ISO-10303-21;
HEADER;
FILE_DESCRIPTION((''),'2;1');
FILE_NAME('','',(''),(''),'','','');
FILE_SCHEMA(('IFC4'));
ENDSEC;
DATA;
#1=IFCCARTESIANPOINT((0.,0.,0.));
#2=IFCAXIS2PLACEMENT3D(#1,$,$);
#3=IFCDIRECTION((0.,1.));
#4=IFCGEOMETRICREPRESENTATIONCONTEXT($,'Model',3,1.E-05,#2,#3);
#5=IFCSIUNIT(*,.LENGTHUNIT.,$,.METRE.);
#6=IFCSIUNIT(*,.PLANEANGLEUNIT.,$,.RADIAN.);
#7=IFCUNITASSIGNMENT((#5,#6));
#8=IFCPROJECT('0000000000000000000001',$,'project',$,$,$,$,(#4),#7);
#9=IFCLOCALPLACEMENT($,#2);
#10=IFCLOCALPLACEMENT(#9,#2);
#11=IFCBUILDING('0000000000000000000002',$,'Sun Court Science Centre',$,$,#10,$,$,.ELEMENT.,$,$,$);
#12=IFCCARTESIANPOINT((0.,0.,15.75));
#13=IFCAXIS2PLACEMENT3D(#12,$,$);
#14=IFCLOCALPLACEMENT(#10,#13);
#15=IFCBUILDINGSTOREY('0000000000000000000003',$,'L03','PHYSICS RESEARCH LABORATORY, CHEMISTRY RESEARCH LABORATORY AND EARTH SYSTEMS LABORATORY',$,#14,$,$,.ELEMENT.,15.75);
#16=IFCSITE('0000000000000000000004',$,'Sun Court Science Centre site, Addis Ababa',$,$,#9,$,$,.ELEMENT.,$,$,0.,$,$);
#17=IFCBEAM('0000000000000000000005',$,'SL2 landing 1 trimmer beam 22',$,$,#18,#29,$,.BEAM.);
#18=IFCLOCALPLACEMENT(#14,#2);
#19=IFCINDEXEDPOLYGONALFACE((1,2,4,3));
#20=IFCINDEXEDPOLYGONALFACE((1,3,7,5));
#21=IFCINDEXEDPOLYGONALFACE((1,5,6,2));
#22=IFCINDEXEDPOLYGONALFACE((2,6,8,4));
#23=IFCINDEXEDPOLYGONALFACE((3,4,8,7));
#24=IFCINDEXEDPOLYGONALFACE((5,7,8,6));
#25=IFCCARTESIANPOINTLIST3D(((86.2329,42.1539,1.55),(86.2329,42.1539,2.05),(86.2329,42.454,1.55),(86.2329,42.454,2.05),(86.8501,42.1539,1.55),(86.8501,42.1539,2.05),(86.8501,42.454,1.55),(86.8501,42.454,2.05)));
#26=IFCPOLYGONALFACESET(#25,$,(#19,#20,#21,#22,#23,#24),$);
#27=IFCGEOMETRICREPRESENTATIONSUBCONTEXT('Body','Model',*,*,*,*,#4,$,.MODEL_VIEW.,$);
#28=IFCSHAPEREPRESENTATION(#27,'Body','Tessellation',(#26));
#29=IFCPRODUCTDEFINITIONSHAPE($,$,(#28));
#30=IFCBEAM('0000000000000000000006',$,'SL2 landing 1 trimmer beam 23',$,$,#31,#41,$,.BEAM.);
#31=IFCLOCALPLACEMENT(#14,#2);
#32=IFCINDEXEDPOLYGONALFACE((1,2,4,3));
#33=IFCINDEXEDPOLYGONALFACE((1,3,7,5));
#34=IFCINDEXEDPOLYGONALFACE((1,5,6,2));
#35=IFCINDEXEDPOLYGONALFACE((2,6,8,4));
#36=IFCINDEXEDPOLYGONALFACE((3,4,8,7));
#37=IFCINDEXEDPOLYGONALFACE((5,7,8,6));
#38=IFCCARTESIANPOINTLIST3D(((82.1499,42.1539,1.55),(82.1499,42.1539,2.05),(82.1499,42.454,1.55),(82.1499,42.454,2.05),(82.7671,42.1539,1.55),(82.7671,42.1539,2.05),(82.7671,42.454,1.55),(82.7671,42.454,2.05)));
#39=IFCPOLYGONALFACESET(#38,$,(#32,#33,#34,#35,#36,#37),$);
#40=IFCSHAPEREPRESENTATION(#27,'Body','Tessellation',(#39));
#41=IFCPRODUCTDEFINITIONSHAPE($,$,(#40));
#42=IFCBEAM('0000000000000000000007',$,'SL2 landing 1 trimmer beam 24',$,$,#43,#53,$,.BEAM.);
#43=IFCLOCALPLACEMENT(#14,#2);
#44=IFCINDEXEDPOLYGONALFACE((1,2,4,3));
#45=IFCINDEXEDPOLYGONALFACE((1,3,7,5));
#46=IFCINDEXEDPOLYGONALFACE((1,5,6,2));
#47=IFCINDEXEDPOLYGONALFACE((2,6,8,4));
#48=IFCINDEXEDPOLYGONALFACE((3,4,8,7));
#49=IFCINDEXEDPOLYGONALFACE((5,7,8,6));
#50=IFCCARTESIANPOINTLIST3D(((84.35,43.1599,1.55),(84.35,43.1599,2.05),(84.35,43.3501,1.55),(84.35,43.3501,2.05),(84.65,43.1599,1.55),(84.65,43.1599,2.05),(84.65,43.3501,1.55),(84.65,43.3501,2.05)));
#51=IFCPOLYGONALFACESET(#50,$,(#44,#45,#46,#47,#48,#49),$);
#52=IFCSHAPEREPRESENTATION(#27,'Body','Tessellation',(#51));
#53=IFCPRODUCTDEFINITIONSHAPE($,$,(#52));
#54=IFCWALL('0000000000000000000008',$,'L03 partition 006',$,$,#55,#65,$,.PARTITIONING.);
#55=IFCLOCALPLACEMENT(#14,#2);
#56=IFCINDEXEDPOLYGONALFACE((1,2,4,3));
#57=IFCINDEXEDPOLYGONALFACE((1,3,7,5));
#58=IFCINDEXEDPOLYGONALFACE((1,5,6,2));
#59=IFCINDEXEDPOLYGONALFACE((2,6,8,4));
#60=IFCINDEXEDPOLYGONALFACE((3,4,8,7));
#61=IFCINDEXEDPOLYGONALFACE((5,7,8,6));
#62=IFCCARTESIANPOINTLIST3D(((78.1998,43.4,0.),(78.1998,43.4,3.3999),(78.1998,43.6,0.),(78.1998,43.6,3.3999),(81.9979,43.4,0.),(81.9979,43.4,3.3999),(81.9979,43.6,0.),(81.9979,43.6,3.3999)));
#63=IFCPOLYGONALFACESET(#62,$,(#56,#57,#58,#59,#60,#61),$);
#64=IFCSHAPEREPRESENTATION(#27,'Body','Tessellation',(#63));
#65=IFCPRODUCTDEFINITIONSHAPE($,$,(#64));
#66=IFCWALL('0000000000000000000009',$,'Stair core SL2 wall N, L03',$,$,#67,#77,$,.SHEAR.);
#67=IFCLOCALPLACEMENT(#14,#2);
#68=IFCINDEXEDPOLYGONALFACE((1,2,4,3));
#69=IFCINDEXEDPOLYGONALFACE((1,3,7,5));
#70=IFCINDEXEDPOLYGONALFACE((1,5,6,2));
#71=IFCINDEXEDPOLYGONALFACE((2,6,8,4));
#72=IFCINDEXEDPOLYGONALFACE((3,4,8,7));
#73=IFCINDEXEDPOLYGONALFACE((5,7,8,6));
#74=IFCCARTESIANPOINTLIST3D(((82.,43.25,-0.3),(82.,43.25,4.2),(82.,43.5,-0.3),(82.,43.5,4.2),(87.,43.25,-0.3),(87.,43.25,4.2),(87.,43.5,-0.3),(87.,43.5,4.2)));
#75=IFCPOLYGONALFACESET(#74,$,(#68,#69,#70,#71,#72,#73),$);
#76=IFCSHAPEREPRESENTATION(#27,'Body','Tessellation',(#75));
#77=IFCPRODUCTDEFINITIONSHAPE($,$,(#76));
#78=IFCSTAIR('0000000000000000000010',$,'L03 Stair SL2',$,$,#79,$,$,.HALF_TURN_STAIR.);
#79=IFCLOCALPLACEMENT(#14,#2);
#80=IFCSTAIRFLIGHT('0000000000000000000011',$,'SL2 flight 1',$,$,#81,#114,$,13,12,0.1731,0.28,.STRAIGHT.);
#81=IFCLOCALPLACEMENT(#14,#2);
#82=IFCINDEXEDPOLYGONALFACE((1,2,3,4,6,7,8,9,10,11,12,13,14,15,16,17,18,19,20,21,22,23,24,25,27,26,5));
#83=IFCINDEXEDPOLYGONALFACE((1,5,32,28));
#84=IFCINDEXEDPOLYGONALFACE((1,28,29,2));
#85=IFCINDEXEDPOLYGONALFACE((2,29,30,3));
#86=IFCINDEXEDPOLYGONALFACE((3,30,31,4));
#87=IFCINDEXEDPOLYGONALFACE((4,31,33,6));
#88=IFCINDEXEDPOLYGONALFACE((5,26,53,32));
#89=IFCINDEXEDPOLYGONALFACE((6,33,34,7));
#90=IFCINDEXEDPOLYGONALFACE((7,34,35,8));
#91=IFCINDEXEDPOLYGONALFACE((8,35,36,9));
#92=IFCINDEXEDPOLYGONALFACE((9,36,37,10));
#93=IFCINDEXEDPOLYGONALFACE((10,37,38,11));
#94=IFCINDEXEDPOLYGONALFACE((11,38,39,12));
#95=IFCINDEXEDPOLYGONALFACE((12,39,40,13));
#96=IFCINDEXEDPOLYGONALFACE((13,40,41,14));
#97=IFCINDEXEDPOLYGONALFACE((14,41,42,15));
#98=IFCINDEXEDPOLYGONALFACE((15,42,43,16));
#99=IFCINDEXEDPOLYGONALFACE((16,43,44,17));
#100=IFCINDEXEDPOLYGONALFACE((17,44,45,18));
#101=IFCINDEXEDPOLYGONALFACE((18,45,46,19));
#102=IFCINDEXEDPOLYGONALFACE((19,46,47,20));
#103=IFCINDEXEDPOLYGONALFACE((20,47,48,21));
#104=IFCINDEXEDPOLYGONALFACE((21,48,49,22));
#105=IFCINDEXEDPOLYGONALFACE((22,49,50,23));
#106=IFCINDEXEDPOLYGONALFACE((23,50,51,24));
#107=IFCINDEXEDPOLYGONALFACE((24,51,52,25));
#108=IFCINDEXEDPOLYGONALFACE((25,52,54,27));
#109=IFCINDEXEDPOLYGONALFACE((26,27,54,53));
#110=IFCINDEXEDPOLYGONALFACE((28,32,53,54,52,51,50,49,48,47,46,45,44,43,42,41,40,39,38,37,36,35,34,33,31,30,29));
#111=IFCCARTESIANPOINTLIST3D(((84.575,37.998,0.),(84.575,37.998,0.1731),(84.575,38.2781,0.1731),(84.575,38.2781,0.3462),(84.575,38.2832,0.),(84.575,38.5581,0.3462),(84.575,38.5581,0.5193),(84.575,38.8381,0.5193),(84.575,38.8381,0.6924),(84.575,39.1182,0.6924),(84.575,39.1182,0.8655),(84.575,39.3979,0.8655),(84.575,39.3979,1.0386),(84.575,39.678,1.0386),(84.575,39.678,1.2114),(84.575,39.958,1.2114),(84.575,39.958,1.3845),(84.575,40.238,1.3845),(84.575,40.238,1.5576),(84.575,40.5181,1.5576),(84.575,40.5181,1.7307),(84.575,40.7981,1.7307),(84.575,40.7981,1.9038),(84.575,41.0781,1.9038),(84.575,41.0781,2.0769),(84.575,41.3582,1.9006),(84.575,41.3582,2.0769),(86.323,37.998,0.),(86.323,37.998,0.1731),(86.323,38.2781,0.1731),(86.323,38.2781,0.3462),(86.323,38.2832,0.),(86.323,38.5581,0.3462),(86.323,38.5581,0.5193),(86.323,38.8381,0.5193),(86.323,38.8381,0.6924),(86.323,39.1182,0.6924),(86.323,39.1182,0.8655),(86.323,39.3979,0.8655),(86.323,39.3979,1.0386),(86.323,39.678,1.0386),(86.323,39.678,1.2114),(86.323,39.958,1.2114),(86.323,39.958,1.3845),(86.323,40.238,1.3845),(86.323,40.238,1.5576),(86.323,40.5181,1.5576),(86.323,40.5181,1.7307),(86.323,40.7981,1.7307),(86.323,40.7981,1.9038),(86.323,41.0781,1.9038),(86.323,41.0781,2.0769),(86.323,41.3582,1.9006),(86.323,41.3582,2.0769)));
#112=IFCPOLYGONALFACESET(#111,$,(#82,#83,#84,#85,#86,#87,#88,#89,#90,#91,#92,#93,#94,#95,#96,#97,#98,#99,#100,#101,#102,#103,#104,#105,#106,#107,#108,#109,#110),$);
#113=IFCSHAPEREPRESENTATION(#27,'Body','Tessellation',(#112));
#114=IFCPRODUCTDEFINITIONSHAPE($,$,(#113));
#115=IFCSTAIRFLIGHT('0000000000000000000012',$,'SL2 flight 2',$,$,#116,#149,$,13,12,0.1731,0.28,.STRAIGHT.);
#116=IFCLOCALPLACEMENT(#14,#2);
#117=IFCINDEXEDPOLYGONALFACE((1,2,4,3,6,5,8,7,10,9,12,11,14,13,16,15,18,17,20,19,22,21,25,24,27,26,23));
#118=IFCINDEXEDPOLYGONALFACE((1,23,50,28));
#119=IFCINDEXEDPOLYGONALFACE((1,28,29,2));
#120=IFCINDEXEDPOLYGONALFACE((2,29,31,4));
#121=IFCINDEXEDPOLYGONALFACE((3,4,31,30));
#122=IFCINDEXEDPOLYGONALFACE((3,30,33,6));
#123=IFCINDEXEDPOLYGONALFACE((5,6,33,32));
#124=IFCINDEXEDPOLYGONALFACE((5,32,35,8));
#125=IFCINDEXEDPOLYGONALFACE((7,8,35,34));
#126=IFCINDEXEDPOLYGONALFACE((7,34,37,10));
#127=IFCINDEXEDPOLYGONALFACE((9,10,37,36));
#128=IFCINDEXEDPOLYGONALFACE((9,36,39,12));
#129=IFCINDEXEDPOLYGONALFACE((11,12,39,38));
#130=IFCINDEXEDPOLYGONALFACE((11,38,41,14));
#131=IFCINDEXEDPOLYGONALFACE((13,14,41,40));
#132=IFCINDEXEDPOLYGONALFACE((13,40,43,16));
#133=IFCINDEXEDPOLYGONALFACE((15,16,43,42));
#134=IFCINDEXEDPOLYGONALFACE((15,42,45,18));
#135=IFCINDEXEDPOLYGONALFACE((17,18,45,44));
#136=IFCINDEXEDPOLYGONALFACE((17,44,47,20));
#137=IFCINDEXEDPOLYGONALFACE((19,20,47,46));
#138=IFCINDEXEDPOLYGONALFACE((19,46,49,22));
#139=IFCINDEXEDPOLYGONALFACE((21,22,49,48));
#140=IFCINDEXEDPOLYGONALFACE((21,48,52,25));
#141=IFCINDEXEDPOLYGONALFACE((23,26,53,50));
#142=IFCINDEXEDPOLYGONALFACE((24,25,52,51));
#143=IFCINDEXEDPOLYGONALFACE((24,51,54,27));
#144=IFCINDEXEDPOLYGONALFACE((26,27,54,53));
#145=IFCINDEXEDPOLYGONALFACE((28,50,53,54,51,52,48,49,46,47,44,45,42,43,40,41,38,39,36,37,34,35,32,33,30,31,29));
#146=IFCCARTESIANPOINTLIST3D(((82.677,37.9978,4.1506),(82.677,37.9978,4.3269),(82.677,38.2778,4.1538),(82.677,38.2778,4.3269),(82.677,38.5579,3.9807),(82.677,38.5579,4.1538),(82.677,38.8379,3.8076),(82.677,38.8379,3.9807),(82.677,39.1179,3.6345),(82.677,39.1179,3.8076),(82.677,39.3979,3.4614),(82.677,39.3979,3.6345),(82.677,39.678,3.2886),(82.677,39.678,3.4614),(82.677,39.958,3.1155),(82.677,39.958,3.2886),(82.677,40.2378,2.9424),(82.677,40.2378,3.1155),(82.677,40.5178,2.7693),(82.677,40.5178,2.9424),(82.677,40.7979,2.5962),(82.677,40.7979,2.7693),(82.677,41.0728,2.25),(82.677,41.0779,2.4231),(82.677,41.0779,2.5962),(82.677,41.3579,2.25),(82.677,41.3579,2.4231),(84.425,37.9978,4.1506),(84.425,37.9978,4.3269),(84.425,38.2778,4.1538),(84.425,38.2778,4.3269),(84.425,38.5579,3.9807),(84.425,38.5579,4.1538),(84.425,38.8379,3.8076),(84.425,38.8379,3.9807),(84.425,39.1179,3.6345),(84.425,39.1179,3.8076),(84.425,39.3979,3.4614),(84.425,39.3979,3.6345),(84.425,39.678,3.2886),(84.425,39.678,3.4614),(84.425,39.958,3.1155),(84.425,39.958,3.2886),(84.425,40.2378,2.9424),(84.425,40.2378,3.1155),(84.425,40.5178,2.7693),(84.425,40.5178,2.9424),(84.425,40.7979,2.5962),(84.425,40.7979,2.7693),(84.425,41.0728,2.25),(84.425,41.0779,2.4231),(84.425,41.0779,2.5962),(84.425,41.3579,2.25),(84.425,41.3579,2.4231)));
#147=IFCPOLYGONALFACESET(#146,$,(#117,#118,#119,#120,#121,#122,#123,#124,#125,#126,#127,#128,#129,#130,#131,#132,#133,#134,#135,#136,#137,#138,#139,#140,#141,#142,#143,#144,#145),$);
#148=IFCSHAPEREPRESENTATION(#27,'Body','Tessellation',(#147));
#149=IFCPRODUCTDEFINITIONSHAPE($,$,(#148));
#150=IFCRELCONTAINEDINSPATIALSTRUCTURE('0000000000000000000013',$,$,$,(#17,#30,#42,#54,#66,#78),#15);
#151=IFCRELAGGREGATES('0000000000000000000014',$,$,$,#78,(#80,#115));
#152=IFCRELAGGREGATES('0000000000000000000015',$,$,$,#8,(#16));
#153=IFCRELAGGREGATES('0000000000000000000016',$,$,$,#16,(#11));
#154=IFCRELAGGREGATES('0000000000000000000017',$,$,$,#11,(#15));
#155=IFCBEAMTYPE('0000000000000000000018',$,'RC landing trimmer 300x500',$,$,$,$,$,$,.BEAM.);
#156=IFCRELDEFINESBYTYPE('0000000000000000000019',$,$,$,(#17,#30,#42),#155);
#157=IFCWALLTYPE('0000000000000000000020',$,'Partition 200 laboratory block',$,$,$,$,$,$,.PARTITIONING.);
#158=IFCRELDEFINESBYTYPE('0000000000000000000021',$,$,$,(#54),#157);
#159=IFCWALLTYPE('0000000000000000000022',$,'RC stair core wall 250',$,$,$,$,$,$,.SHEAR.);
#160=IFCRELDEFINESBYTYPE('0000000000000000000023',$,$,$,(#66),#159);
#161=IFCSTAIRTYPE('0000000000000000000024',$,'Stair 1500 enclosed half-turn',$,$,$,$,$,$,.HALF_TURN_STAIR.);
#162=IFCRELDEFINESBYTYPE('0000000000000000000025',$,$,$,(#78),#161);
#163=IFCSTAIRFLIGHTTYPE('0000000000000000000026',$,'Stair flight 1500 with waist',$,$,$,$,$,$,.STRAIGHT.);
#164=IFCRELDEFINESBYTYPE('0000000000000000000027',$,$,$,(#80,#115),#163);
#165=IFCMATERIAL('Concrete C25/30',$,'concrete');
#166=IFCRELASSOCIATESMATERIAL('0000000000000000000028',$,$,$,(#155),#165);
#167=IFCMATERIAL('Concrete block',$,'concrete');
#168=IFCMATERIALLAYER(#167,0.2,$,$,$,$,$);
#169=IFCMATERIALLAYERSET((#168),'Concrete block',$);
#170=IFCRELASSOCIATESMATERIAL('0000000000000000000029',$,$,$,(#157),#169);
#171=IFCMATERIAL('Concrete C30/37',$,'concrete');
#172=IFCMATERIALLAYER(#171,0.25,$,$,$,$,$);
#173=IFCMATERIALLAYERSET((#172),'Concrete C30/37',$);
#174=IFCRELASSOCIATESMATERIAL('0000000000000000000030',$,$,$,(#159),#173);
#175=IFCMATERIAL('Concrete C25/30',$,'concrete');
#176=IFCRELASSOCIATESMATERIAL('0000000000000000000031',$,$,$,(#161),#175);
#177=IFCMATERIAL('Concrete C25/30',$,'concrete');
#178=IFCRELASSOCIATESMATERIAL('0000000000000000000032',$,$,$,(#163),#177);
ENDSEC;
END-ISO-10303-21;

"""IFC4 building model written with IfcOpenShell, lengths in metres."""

from ifc_helpers import new_model, si_unit, direction, frame, frame_2d, origin, origin_2d, place, context, subcontext, project, spatial, polyline, rectangle, outline, extrude, material, layer, layer_set, material_profile, profile_set, type_object, element, aggregate, save


model = new_model("IFC4")

# Units and contexts
model_context = context("Model", 3, precision=1e-05, world=origin(), true_north=direction((0.0, 1.0)))
body_context = subcontext(model_context, "Body", "Model", "MODEL_VIEW")
ifc_project = project(units=[si_unit("LENGTHUNIT", "METRE"), si_unit("PLANEANGLEUNIT", "RADIAN")], contexts=[model_context])

# Site, building, storey
site_placement = place(None, origin())
site = spatial("IfcSite", under=ifc_project, at=site_placement, Name="Sun Court Science Centre site, Addis Ababa", CompositionType="ELEMENT", RefElevation=0.0)
building_placement = place(site_placement, origin())
building = spatial("IfcBuilding", under=site, at=building_placement, Name="Sun Court Science Centre", CompositionType="ELEMENT")
storey_placement = place(building_placement, frame((0.0, 0.0, 15.75)))
storey = spatial("IfcBuildingStorey", under=building, at=storey_placement, Name="L03", Description="PHYSICS RESEARCH LABORATORY, CHEMISTRY RESEARCH LABORATORY AND EARTH SYSTEMS LABORATORY", CompositionType="ELEMENT", Elevation=15.75)

# Beams
ifc_material_1 = material(Name="Concrete C25/30", Category="concrete")
ifc_material_profile_1 = material_profile(ifc_material_1, rectangle(XDim=0.3, YDim=0.5, at=origin_2d()), Name="RC 300x500")
ifc_profile_set_1 = profile_set([ifc_material_profile_1], Name="Concrete C25/30")
beam_type_1 = type_object("IfcBeamType", Name="RC landing trimmer 300x500", PredefinedType="BEAM", material=ifc_profile_set_1)
for number, where, z_axis, x_axis, name in (
    (1, (86.8501, 42.304, 1.8), (-1.0, 0.0, 0.0), (0.0, -1.0, 0.0), "SL2 landing 1 trimmer beam 22"),
    (2, (82.1499, 42.304, 1.8), (1.0, 0.0, 0.0), (0.0, 1.0, 0.0), "SL2 landing 1 trimmer beam 23"),
):
    element("IfcBeam", number, at=place(storey_placement, frame(where, z_axis=z_axis, x_axis=x_axis)), inside=storey, type_object=beam_type_1, Name=name, PredefinedType="BEAM", context=body_context, shape_type="SweptSolid", body=[
        extrude(rectangle(XDim=0.3, YDim=0.5, at=origin_2d()), origin(), (0.0, 0.0, 1.0), 0.6172),
    ])
beam_1_placement = place(storey_placement, frame((84.5, 43.3501, 1.8), z_axis=(0.0, -1.0, 0.0), x_axis=(1.0, 0.0, 0.0)))
element("IfcBeam", 3, at=beam_1_placement, inside=storey, type_object=beam_type_1, Name="SL2 landing 1 trimmer beam 24", PredefinedType="BEAM", context=body_context, shape_type="SweptSolid", body=[
    extrude(rectangle(XDim=0.3, YDim=0.5, at=origin_2d()), origin(), (0.0, 0.0, 1.0), 0.1902),
])

# Walls
ifc_material_2 = material(Name="Concrete block", Category="concrete")
ifc_layer_1 = layer(ifc_material_2, 0.2)
ifc_layer_set_1 = layer_set([ifc_layer_1], Name="Concrete block")
wall_type_1 = type_object("IfcWallType", Name="Partition 200 laboratory block", PredefinedType="PARTITIONING", material=ifc_layer_set_1)
wall_1_placement = place(storey_placement, frame((78.2, 43.5, 0.0), z_axis=(0.0, 0.0, 1.0), x_axis=(1.0, 0.0, 0.0)))
element("IfcWall", 4, at=wall_1_placement, inside=storey, type_object=wall_type_1, Name="L03 partition 006", PredefinedType="PARTITIONING", context=body_context, shape_type="SweptSolid", body=[
    extrude(rectangle(XDim=3.7981, YDim=0.2, at=frame_2d((1.8989, 0.0))), origin(), (0.0, 0.0, 1.0), 3.3999),
])
ifc_material_3 = material(Name="Concrete C30/37", Category="concrete")
ifc_layer_2 = layer(ifc_material_3, 0.25)
ifc_layer_set_2 = layer_set([ifc_layer_2], Name="Concrete C30/37")
wall_type_2 = type_object("IfcWallType", Name="RC stair core wall 250", PredefinedType="SHEAR", material=ifc_layer_set_2)
wall_2_placement = place(storey_placement, frame((82.0, 43.375, -0.3), z_axis=(0.0, 0.0, 1.0), x_axis=(1.0, 0.0, 0.0)))
element("IfcWall", 5, at=wall_2_placement, inside=storey, type_object=wall_type_2, Name="Stair core SL2 wall N, L03", PredefinedType="SHEAR", context=body_context, shape_type="SweptSolid", body=[
    extrude(rectangle(XDim=5.0, YDim=0.25, at=frame_2d((2.5, 0.0))), origin(), (0.0, 0.0, 1.0), 4.5),
])

# Stair, stair flights
ifc_material_4 = material(Name="Concrete C25/30", Category="concrete")
stair_type = type_object("IfcStairType", Name="Stair 1500 enclosed half-turn", PredefinedType="HALF_TURN_STAIR", material=ifc_material_4)
stair_placement = place(storey_placement, origin())
stair = element("IfcStair", 6, at=stair_placement, inside=storey, type_object=stair_type, Name="L03 Stair SL2", PredefinedType="HALF_TURN_STAIR")
ifc_material_5 = material(Name="Concrete C25/30", Category="concrete")
stair_flight_type = type_object("IfcStairFlightType", Name="Stair flight 1500 with waist", PredefinedType="STRAIGHT", material=ifc_material_5)
stair_flight_1_placement = place(storey_placement, frame((85.449, 37.998, 0.0), z_axis=(0.0, 0.0, 1.0), x_axis=(0.0, 1.0, 0.0)))
stair_flight_1 = element("IfcStairFlight", 7, at=stair_flight_1_placement, type_object=stair_flight_type, Name="SL2 flight 1", NumberOfRisers=13, NumberOfTreads=12, PredefinedType="STRAIGHT", RiserHeight=0.1731, TreadLength=0.28, context=body_context, shape_type="SweptSolid", body=[
    extrude(outline(polyline([(0.0, 0.0), (0.0, 0.1731), (0.28, 0.1731), (0.28, 0.3462), (0.5601, 0.3462), (0.5601, 0.5193), (0.8401, 0.5193), (0.8401, 0.6924), (1.1201, 0.6924), (1.1201, 0.8655), (1.3999, 0.8655), (1.3999, 1.0386), (1.6799, 1.0386), (1.6799, 1.2114), (1.96, 1.2114), (1.96, 1.3845), (2.24, 1.3845), (2.24, 1.5576), (2.52, 1.5576), (2.52, 1.7307), (2.8, 1.7307), (2.8, 1.9038), (3.0801, 1.9038), (3.0801, 2.0769), (3.3601, 2.0769), (3.3601, 2.25), (3.3601, 1.9006), (0.2852, 0.0), (0.0, 0.0)])), frame((0.0, 0.874, 0.0), z_axis=(0.0, -1.0, 0.0), x_axis=(1.0, 0.0, 0.0)), (0.0, 0.0, 1.0), 1.748),
])
stair_flight_2_placement = place(storey_placement, frame((83.551, 41.3579, 2.25), z_axis=(0.0, 0.0, 1.0), x_axis=(0.0, -1.0, 0.0)))
stair_flight_2 = element("IfcStairFlight", 8, at=stair_flight_2_placement, type_object=stair_flight_type, Name="SL2 flight 2", NumberOfRisers=13, NumberOfTreads=12, PredefinedType="STRAIGHT", RiserHeight=0.1731, TreadLength=0.28, context=body_context, shape_type="SweptSolid", body=[
    extrude(outline(polyline([(0.0, 0.0), (0.0, 0.1731), (0.28, 0.1731), (0.28, 0.3462), (0.5601, 0.3462), (0.5601, 0.5193), (0.8401, 0.5193), (0.8401, 0.6924), (1.1201, 0.6924), (1.1201, 0.8655), (1.3999, 0.8655), (1.3999, 1.0386), (1.6799, 1.0386), (1.6799, 1.2114), (1.96, 1.2114), (1.96, 1.3845), (2.24, 1.3845), (2.24, 1.5576), (2.52, 1.5576), (2.52, 1.7307), (2.8, 1.7307), (2.8, 1.9038), (3.0801, 1.9038), (3.0801, 2.0769), (3.3601, 2.0769), (3.3601, 2.25), (3.3601, 1.9006), (0.2852, 0.0), (0.0, 0.0)])), frame((0.0, 0.874, 0.0), z_axis=(0.0, -1.0, 0.0), x_axis=(1.0, 0.0, 0.0)), (0.0, 0.0, 1.0), 1.748),
])
aggregate(stair, [stair_flight_1, stair_flight_2])

save(model, "model.ifc")
